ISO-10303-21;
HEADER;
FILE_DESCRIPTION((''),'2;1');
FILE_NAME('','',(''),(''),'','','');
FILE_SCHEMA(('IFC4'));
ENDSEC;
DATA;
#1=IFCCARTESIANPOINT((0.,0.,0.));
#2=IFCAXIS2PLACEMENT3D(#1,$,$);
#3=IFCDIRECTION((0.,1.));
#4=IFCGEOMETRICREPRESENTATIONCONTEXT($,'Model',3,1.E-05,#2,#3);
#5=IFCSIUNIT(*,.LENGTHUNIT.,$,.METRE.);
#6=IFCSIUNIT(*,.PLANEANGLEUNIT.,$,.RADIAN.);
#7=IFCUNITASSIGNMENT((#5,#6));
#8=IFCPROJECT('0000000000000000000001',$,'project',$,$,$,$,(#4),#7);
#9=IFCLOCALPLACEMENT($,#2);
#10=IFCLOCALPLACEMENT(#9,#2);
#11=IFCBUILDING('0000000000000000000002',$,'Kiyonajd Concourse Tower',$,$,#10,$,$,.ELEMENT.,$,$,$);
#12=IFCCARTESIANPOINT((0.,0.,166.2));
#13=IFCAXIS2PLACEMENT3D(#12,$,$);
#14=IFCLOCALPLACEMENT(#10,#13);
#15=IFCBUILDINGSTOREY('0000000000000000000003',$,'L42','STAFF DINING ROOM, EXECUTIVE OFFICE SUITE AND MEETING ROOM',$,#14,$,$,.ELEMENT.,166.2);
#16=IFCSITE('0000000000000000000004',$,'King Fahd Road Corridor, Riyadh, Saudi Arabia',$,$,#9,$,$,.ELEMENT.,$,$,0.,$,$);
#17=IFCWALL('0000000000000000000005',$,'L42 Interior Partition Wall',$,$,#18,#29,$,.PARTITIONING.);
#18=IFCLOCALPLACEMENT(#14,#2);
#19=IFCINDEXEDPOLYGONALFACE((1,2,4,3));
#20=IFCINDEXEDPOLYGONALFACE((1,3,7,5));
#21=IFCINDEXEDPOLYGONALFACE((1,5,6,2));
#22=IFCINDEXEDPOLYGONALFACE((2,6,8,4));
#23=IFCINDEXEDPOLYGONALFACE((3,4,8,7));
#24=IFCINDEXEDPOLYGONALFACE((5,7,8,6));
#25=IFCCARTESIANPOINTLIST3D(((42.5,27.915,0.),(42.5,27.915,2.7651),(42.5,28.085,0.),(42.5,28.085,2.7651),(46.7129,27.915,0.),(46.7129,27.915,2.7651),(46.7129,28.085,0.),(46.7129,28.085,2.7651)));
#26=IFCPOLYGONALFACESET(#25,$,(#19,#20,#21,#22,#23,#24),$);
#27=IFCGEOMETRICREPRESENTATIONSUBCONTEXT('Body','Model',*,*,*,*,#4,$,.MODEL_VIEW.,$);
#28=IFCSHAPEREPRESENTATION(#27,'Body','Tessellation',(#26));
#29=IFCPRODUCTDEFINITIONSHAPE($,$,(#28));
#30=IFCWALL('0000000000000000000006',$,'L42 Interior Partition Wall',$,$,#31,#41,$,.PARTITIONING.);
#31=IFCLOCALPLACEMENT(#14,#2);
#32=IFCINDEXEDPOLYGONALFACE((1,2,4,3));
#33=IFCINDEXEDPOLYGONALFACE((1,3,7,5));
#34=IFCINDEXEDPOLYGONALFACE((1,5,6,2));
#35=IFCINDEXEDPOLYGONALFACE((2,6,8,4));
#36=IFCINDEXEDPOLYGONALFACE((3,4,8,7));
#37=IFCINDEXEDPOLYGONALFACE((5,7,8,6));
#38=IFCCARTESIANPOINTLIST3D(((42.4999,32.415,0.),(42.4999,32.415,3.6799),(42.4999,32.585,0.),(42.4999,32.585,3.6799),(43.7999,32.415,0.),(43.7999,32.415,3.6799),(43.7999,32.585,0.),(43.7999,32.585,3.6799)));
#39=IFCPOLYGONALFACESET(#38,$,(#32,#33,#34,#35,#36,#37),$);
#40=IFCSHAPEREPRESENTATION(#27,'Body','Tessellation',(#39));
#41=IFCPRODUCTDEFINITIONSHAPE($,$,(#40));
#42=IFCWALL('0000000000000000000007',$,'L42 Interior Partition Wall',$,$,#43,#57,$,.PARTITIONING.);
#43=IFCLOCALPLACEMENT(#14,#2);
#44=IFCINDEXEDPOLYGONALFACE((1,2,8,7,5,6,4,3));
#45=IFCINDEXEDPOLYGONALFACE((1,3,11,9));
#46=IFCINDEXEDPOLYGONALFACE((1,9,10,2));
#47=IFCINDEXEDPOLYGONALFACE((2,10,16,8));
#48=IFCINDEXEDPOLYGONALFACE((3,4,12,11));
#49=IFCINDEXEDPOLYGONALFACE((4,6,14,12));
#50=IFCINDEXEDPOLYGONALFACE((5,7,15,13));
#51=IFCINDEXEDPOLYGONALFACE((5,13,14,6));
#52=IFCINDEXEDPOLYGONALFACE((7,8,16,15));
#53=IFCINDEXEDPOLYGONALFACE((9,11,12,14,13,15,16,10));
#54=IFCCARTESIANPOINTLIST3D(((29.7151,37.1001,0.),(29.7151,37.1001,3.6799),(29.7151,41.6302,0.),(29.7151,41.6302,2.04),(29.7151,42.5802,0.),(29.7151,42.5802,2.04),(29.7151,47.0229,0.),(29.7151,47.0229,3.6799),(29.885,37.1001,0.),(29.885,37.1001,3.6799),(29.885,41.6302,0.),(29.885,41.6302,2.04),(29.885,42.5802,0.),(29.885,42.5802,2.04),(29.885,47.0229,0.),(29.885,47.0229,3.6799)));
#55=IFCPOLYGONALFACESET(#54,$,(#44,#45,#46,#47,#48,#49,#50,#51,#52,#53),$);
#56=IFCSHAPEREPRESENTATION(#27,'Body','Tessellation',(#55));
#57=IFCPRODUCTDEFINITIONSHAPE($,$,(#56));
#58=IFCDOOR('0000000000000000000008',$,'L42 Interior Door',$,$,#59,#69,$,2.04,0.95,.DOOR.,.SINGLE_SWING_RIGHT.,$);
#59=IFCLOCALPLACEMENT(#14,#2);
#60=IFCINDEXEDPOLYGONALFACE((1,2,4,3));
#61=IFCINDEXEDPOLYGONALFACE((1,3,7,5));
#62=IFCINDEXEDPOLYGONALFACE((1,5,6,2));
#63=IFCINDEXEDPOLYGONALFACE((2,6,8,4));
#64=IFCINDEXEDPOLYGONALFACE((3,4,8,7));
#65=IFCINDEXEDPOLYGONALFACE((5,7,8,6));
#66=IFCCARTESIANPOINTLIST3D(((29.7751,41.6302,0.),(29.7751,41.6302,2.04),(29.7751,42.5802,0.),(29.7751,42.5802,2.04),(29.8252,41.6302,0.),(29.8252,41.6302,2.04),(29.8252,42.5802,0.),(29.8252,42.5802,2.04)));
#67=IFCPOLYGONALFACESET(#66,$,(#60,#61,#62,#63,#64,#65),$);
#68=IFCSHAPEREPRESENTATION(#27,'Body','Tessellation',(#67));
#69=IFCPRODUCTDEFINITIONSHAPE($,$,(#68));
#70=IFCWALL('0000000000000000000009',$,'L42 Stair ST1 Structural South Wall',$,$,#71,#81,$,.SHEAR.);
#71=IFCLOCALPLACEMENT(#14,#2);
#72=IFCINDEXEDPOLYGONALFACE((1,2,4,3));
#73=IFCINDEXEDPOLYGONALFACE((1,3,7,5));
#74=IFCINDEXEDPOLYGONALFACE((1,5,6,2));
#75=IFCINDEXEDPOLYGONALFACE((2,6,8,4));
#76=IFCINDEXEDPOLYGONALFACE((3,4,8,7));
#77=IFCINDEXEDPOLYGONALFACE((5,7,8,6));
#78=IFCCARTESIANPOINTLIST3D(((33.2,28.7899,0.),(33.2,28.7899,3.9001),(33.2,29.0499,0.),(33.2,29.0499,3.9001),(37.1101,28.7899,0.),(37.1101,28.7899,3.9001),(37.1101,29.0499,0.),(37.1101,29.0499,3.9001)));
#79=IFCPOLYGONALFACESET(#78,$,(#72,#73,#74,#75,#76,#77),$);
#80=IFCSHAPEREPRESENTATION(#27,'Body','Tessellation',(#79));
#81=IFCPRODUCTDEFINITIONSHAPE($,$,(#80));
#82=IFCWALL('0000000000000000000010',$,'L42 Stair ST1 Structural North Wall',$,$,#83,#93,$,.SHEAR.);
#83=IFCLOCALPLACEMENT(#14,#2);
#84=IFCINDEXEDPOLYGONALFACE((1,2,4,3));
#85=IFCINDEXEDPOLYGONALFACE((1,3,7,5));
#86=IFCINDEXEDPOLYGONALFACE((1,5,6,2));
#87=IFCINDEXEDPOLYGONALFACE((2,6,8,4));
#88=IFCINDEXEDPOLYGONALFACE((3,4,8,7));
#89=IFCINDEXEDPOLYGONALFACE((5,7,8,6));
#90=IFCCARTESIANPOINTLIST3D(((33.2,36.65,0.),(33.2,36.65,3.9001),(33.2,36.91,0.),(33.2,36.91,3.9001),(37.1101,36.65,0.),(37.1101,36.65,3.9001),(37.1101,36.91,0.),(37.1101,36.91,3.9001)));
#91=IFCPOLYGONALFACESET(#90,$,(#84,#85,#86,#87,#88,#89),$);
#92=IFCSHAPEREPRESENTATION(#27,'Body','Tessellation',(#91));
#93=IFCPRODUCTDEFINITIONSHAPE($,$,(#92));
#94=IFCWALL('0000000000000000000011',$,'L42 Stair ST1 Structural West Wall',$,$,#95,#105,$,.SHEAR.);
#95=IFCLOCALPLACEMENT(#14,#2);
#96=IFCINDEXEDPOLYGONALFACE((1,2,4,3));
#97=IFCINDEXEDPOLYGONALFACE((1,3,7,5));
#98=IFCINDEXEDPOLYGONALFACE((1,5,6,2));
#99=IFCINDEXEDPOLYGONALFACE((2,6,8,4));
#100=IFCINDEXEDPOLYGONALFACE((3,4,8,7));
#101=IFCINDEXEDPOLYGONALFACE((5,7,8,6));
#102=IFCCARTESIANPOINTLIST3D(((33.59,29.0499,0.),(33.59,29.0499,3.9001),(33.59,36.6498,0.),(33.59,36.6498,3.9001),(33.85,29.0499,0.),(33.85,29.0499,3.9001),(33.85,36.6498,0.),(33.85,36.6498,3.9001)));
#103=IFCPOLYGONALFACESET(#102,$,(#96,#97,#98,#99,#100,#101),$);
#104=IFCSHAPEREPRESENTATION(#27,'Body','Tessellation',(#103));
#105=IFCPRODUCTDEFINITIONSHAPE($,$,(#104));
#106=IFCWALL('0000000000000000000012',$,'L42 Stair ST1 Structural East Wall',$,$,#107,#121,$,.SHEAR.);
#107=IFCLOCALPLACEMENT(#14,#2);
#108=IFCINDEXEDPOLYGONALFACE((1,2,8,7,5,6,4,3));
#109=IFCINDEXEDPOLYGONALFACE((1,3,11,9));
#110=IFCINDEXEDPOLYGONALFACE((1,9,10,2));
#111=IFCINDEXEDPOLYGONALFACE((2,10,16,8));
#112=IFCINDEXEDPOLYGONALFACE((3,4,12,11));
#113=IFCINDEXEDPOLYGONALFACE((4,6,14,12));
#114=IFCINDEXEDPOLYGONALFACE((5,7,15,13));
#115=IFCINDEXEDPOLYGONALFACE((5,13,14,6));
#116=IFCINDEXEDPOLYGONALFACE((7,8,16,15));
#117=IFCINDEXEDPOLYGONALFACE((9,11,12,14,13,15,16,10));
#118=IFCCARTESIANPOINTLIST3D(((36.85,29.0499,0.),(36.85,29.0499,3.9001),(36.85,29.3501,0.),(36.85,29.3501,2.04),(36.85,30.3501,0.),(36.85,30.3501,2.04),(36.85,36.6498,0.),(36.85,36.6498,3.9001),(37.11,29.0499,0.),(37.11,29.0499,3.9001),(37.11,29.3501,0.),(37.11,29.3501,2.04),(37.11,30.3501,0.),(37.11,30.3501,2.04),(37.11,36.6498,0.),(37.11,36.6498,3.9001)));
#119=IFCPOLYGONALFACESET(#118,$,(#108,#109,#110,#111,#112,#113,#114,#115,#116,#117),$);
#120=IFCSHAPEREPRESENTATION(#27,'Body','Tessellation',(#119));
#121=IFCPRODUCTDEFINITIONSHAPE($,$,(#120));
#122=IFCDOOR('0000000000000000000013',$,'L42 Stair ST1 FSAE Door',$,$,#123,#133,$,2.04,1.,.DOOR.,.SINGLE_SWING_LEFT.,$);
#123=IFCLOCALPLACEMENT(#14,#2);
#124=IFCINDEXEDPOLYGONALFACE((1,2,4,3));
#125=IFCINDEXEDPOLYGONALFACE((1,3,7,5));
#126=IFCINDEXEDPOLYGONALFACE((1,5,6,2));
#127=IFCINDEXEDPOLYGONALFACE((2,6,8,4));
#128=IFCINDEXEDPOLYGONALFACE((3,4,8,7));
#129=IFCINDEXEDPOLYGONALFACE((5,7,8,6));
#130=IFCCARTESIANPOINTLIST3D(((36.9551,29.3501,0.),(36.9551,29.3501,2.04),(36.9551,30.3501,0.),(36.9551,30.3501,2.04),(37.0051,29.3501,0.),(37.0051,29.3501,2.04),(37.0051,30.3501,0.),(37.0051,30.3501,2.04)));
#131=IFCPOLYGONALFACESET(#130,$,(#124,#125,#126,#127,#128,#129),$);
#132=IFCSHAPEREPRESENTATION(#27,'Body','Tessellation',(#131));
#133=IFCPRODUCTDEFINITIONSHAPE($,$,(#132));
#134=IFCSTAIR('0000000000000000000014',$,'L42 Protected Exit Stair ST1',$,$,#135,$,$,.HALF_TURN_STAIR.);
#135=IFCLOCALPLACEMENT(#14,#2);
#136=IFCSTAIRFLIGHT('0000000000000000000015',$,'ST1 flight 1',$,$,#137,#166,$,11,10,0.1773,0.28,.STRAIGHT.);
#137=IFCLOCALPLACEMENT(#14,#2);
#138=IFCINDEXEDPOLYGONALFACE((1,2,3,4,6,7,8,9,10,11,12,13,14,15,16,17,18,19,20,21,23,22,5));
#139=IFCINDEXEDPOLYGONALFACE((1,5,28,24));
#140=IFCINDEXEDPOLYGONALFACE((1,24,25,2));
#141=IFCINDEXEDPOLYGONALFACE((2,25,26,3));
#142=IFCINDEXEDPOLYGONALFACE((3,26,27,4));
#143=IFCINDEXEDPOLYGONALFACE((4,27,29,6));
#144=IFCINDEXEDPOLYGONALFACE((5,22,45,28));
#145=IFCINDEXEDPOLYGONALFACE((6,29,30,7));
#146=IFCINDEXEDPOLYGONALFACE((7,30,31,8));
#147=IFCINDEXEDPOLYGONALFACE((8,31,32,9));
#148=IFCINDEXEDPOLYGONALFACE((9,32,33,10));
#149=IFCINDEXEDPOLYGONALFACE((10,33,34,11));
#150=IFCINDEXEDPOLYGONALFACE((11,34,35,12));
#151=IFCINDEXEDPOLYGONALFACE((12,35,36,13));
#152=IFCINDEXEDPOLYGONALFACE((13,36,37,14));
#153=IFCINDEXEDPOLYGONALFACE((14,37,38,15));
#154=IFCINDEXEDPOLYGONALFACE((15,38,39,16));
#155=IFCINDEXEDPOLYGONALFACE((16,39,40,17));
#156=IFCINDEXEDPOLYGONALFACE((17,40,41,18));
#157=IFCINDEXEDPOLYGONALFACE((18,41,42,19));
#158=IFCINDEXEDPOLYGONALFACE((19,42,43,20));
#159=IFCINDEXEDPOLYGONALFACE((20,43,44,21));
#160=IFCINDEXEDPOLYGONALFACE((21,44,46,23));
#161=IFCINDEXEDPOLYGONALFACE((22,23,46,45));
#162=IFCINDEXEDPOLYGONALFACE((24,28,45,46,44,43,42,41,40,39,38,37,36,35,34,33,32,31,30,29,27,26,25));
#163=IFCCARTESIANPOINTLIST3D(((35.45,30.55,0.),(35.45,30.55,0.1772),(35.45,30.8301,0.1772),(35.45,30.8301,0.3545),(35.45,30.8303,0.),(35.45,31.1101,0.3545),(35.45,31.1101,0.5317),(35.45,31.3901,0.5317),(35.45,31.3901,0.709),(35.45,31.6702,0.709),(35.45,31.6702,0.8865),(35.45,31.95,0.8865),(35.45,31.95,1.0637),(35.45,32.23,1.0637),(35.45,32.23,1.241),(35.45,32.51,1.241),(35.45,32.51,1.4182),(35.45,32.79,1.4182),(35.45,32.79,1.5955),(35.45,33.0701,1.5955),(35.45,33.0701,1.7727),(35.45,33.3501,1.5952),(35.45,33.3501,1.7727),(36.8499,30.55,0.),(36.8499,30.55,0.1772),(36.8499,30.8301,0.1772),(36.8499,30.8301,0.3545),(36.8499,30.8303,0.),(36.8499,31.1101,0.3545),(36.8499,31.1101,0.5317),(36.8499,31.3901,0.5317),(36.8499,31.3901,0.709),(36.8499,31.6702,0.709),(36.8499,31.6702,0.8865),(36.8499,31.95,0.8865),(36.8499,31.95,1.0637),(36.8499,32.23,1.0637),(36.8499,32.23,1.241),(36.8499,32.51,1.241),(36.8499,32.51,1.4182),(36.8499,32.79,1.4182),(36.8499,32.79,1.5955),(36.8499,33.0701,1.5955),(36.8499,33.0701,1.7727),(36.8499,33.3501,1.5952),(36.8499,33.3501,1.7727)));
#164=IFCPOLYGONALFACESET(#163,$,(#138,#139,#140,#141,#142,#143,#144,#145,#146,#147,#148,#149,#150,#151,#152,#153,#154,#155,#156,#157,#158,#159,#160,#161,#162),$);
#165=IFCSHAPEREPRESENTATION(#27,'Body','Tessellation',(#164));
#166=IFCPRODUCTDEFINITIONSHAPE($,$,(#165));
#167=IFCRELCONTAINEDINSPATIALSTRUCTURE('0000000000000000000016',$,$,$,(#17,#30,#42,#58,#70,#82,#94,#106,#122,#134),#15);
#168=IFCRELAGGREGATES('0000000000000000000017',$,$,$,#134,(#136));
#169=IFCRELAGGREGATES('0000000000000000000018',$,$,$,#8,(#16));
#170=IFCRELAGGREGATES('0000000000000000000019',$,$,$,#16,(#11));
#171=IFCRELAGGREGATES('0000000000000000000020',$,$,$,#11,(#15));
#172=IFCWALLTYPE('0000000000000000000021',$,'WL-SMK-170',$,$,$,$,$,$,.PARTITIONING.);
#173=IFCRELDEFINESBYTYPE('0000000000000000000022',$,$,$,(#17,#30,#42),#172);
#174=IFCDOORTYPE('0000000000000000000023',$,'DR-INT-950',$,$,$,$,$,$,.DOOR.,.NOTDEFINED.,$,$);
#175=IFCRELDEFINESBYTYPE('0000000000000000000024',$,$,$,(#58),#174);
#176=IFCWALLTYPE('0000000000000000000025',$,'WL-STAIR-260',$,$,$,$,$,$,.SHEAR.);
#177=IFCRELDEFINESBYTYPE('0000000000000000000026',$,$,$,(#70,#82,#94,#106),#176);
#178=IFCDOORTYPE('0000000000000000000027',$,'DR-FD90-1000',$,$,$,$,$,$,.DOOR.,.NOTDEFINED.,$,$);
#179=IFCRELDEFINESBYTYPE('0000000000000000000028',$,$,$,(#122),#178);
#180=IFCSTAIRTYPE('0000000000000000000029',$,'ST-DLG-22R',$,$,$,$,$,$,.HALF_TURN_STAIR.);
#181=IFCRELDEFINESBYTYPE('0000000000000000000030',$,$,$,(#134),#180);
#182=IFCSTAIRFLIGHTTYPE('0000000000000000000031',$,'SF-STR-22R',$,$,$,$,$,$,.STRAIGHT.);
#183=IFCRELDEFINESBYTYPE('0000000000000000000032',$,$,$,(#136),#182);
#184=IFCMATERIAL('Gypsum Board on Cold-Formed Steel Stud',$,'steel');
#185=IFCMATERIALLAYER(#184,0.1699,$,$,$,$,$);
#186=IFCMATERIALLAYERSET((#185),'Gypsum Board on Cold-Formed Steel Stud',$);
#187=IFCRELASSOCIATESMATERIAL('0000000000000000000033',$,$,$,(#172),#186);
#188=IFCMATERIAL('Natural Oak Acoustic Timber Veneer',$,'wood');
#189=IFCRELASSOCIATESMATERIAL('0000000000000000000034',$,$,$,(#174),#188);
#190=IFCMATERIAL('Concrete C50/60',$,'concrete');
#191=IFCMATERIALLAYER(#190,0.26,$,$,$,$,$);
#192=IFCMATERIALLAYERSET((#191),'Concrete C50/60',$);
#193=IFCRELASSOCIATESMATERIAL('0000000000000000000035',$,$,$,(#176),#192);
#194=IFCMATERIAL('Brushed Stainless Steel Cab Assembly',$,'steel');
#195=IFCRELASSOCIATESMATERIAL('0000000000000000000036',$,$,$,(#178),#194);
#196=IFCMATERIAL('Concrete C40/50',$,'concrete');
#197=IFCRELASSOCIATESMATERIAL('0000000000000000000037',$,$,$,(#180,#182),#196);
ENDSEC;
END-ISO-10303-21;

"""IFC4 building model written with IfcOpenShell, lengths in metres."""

from ifc_helpers import new_model, si_unit, direction, frame, frame_2d, origin, place, context, subcontext, project, spatial, polyline, rectangle, outline, extrude, material, layer, layer_set, type_object, element, fill, aggregate, save


model = new_model("IFC4")

# Units and contexts
model_context = context("Model", 3, precision=1e-05, world=origin(), true_north=direction((0.0, 1.0)))
body_context = subcontext(model_context, "Body", "Model", "MODEL_VIEW")
ifc_project = project(units=[si_unit("LENGTHUNIT", "METRE"), si_unit("PLANEANGLEUNIT", "RADIAN")], contexts=[model_context])

# Site, building, storey
site_placement = place(None, origin())
site = spatial("IfcSite", under=ifc_project, at=site_placement, Name="King Fahd Road Corridor, Riyadh, Saudi Arabia", CompositionType="ELEMENT", RefElevation=0.0)
building_placement = place(site_placement, origin())
building = spatial("IfcBuilding", under=site, at=building_placement, Name="Kiyonajd Concourse Tower", CompositionType="ELEMENT")
storey_placement = place(building_placement, frame((0.0, 0.0, 166.2)))
storey = spatial("IfcBuildingStorey", under=building, at=storey_placement, Name="L42", Description="STAFF DINING ROOM, EXECUTIVE OFFICE SUITE AND MEETING ROOM", CompositionType="ELEMENT", Elevation=166.2)

# Shared definitions
ifc_material_1 = material(Name="Concrete C50/60", Category="concrete")

# Shared definitions
ifc_material_2 = material(Name="Gypsum Board on Cold-Formed Steel Stud", Category="steel")
ifc_material_3 = material(Name="Brushed Stainless Steel Cab Assembly", Category="steel")

# Walls
ifc_layer_1 = layer(ifc_material_2, 0.1699)
ifc_layer_set_1 = layer_set([ifc_layer_1], Name="Gypsum Board on Cold-Formed Steel Stud")
wall_type_1 = type_object("IfcWallType", Name="WL-SMK-170", PredefinedType="PARTITIONING", material=ifc_layer_set_1)
wall_1_placement = place(storey_placement, frame((42.5, 28.0, 0.0), z_axis=(0.0, 0.0, 1.0), x_axis=(1.0, 0.0, 0.0)))
element("IfcWall", 1, at=wall_1_placement, inside=storey, type_object=wall_type_1, Name="L42 Interior Partition Wall", PredefinedType="PARTITIONING", context=body_context, shape_type="SweptSolid", body=[
    extrude(rectangle(XDim=4.2129, YDim=0.1699, at=frame_2d((2.1064, 0.0))), origin(), (0.0, 0.0, 1.0), 2.7651),
])
wall_2_placement = place(storey_placement, frame((42.5, 32.5, 0.0), z_axis=(0.0, 0.0, 1.0), x_axis=(1.0, 0.0, 0.0)))
element("IfcWall", 2, at=wall_2_placement, inside=storey, type_object=wall_type_1, Name="L42 Interior Partition Wall", PredefinedType="PARTITIONING", context=body_context, shape_type="SweptSolid", body=[
    extrude(rectangle(XDim=1.3, YDim=0.1699, at=frame_2d((0.6499, 0.0))), origin(), (0.0, 0.0, 1.0), 3.6799),
])

# Wall, opening, door
wall_3_placement = place(storey_placement, frame((29.8, 37.1001, 0.0), z_axis=(0.0, 0.0, 1.0), x_axis=(0.0, 1.0, 0.0)))
wall_3 = element("IfcWall", 3, at=wall_3_placement, inside=storey, type_object=wall_type_1, Name="L42 Interior Partition Wall", PredefinedType="PARTITIONING", context=body_context, shape_type="SweptSolid", body=[
    extrude(rectangle(XDim=9.9229, YDim=0.1699, at=frame_2d((4.9614, 0.0))), origin(), (0.0, 0.0, 1.0), 3.6799),
])
opening_1_placement = place(wall_3_placement, frame((4.53, 0.0, 0.0)))
opening_1 = element("IfcOpeningElement", 4, at=opening_1_placement, cuts=wall_3, PredefinedType="OPENING", context=body_context, shape_type="SweptSolid", body=[
    extrude(rectangle(XDim=0.95, YDim=2.04, at=frame_2d((0.4751, 1.02))), frame((0.0, 0.095, 0.0), z_axis=(0.0, -1.0, 0.0), x_axis=(1.0, 0.0, 0.0)), (0.0, 0.0, 1.0), 0.1899),
])
ifc_material_4 = material(Name="Natural Oak Acoustic Timber Veneer", Category="wood")
door_type_1 = type_object("IfcDoorType", Name="DR-INT-950", OperationType="NOTDEFINED", PredefinedType="DOOR", material=ifc_material_4)
door_1_placement = place(opening_1_placement, origin())
door_1 = element("IfcDoor", 5, at=door_1_placement, inside=storey, type_object=door_type_1, Name="L42 Interior Door", OperationType="SINGLE_SWING_RIGHT", OverallHeight=2.04, OverallWidth=0.95, PredefinedType="DOOR", context=body_context, shape_type="SweptSolid", body=[
    extrude(rectangle(XDim=0.95, YDim=2.04, at=frame_2d((0.4751, 1.02))), frame((0.0, 0.0249, 0.0), z_axis=(0.0, -1.0, 0.0), x_axis=(1.0, 0.0, 0.0)), (0.0, 0.0, 1.0), 0.05),
])
fill(opening_1, door_1)

# Walls
ifc_layer_2 = layer(ifc_material_1, 0.26)
ifc_layer_set_2 = layer_set([ifc_layer_2], Name="Concrete C50/60")
wall_type_2 = type_object("IfcWallType", Name="WL-STAIR-260", PredefinedType="SHEAR", material=ifc_layer_set_2)
for number, where, z_axis, x_axis, name in (
    (6, (33.2, 28.9199, 0.0), (0.0, 0.0, 1.0), (1.0, 0.0, 0.0), "L42 Stair ST1 Structural South Wall"),
    (7, (33.2, 36.78, 0.0), (0.0, 0.0, 1.0), (1.0, 0.0, 0.0), "L42 Stair ST1 Structural North Wall"),
):
    element("IfcWall", number, at=place(storey_placement, frame(where, z_axis=z_axis, x_axis=x_axis)), inside=storey, type_object=wall_type_2, Name=name, PredefinedType="SHEAR", context=body_context, shape_type="SweptSolid", body=[
        extrude(rectangle(XDim=3.9102, YDim=0.26, at=frame_2d((1.9551, 0.0))), origin(), (0.0, 0.0, 1.0), 3.9001),
    ])
wall_4_placement = place(storey_placement, frame((33.72, 29.05, 0.0), z_axis=(0.0, 0.0, 1.0), x_axis=(0.0, 1.0, 0.0)))
element("IfcWall", 8, at=wall_4_placement, inside=storey, type_object=wall_type_2, Name="L42 Stair ST1 Structural West Wall", PredefinedType="SHEAR", context=body_context, shape_type="SweptSolid", body=[
    extrude(rectangle(XDim=7.5999, YDim=0.26, at=frame_2d((3.7998, 0.0))), origin(), (0.0, 0.0, 1.0), 3.9001),
])

# Wall, opening, door
wall_5_placement = place(storey_placement, frame((36.98, 29.05, 0.0), z_axis=(0.0, 0.0, 1.0), x_axis=(0.0, 1.0, 0.0)))
wall_5 = element("IfcWall", 9, at=wall_5_placement, inside=storey, type_object=wall_type_2, Name="L42 Stair ST1 Structural East Wall", PredefinedType="SHEAR", context=body_context, shape_type="SweptSolid", body=[
    extrude(rectangle(XDim=7.5999, YDim=0.26, at=frame_2d((3.7998, 0.0))), origin(), (0.0, 0.0, 1.0), 3.9001),
])
opening_2_placement = place(wall_5_placement, frame((0.3, 0.0, 0.0)))
opening_2 = element("IfcOpeningElement", 10, at=opening_2_placement, cuts=wall_5, PredefinedType="OPENING", context=body_context, shape_type="SweptSolid", body=[
    extrude(rectangle(XDim=1.0, YDim=2.04, at=frame_2d((0.5, 1.02))), frame((0.0, 0.1399, 0.0), z_axis=(0.0, -1.0, 0.0), x_axis=(1.0, 0.0, 0.0)), (0.0, 0.0, 1.0), 0.28),
])
door_type_2 = type_object("IfcDoorType", Name="DR-FD90-1000", OperationType="NOTDEFINED", PredefinedType="DOOR", material=ifc_material_3)
door_2_placement = place(opening_2_placement, origin())
door_2 = element("IfcDoor", 11, at=door_2_placement, inside=storey, type_object=door_type_2, Name="L42 Stair ST1 FSAE Door", OperationType="SINGLE_SWING_LEFT", OverallHeight=2.04, OverallWidth=1.0, PredefinedType="DOOR", context=body_context, shape_type="SweptSolid", body=[
    extrude(rectangle(XDim=1.0, YDim=2.04, at=frame_2d((0.5, 1.02))), frame((0.0, 0.0249, 0.0), z_axis=(0.0, -1.0, 0.0), x_axis=(1.0, 0.0, 0.0)), (0.0, 0.0, 1.0), 0.05),
])
fill(opening_2, door_2)

# Stair, stair flight
ifc_material_5 = material(Name="Concrete C40/50", Category="concrete")
stair_type = type_object("IfcStairType", Name="ST-DLG-22R", PredefinedType="HALF_TURN_STAIR", material=ifc_material_5)
stair_placement = place(storey_placement, origin())
stair = element("IfcStair", 12, at=stair_placement, inside=storey, type_object=stair_type, Name="L42 Protected Exit Stair ST1", PredefinedType="HALF_TURN_STAIR")
stair_flight_type = type_object("IfcStairFlightType", Name="SF-STR-22R", PredefinedType="STRAIGHT", material=ifc_material_5)
stair_flight_1_placement = place(storey_placement, frame((36.1499, 30.55, 0.0), z_axis=(0.0, 0.0, 1.0), x_axis=(0.0, 1.0, 0.0)))
stair_flight_1 = element("IfcStairFlight", 13, at=stair_flight_1_placement, type_object=stair_flight_type, Name="ST1 flight 1", NumberOfRisers=11, NumberOfTreads=10, PredefinedType="STRAIGHT", RiserHeight=0.1773, TreadLength=0.28, context=body_context, shape_type="SweptSolid", body=[
    extrude(outline(polyline([(0.0, 0.0), (0.0, 0.1772), (0.28, 0.1772), (0.28, 0.3545), (0.5601, 0.3545), (0.5601, 0.5317), (0.8401, 0.5317), (0.8401, 0.709), (1.1201, 0.709), (1.1201, 0.8865), (1.3999, 0.8865), (1.3999, 1.0637), (1.6799, 1.0637), (1.6799, 1.241), (1.96, 1.241), (1.96, 1.4182), (2.24, 1.4182), (2.24, 1.5955), (2.52, 1.5955), (2.52, 1.7727), (2.8, 1.7727), (2.8, 1.95), (2.8, 1.5952), (0.2803, 0.0), (0.0, 0.0)])), frame((0.0, 0.7, 0.0), z_axis=(0.0, -1.0, 0.0), x_axis=(1.0, 0.0, 0.0)), (0.0, 0.0, 1.0), 1.3999),
])
aggregate(stair, [stair_flight_1])

save(model, "model.ifc")
